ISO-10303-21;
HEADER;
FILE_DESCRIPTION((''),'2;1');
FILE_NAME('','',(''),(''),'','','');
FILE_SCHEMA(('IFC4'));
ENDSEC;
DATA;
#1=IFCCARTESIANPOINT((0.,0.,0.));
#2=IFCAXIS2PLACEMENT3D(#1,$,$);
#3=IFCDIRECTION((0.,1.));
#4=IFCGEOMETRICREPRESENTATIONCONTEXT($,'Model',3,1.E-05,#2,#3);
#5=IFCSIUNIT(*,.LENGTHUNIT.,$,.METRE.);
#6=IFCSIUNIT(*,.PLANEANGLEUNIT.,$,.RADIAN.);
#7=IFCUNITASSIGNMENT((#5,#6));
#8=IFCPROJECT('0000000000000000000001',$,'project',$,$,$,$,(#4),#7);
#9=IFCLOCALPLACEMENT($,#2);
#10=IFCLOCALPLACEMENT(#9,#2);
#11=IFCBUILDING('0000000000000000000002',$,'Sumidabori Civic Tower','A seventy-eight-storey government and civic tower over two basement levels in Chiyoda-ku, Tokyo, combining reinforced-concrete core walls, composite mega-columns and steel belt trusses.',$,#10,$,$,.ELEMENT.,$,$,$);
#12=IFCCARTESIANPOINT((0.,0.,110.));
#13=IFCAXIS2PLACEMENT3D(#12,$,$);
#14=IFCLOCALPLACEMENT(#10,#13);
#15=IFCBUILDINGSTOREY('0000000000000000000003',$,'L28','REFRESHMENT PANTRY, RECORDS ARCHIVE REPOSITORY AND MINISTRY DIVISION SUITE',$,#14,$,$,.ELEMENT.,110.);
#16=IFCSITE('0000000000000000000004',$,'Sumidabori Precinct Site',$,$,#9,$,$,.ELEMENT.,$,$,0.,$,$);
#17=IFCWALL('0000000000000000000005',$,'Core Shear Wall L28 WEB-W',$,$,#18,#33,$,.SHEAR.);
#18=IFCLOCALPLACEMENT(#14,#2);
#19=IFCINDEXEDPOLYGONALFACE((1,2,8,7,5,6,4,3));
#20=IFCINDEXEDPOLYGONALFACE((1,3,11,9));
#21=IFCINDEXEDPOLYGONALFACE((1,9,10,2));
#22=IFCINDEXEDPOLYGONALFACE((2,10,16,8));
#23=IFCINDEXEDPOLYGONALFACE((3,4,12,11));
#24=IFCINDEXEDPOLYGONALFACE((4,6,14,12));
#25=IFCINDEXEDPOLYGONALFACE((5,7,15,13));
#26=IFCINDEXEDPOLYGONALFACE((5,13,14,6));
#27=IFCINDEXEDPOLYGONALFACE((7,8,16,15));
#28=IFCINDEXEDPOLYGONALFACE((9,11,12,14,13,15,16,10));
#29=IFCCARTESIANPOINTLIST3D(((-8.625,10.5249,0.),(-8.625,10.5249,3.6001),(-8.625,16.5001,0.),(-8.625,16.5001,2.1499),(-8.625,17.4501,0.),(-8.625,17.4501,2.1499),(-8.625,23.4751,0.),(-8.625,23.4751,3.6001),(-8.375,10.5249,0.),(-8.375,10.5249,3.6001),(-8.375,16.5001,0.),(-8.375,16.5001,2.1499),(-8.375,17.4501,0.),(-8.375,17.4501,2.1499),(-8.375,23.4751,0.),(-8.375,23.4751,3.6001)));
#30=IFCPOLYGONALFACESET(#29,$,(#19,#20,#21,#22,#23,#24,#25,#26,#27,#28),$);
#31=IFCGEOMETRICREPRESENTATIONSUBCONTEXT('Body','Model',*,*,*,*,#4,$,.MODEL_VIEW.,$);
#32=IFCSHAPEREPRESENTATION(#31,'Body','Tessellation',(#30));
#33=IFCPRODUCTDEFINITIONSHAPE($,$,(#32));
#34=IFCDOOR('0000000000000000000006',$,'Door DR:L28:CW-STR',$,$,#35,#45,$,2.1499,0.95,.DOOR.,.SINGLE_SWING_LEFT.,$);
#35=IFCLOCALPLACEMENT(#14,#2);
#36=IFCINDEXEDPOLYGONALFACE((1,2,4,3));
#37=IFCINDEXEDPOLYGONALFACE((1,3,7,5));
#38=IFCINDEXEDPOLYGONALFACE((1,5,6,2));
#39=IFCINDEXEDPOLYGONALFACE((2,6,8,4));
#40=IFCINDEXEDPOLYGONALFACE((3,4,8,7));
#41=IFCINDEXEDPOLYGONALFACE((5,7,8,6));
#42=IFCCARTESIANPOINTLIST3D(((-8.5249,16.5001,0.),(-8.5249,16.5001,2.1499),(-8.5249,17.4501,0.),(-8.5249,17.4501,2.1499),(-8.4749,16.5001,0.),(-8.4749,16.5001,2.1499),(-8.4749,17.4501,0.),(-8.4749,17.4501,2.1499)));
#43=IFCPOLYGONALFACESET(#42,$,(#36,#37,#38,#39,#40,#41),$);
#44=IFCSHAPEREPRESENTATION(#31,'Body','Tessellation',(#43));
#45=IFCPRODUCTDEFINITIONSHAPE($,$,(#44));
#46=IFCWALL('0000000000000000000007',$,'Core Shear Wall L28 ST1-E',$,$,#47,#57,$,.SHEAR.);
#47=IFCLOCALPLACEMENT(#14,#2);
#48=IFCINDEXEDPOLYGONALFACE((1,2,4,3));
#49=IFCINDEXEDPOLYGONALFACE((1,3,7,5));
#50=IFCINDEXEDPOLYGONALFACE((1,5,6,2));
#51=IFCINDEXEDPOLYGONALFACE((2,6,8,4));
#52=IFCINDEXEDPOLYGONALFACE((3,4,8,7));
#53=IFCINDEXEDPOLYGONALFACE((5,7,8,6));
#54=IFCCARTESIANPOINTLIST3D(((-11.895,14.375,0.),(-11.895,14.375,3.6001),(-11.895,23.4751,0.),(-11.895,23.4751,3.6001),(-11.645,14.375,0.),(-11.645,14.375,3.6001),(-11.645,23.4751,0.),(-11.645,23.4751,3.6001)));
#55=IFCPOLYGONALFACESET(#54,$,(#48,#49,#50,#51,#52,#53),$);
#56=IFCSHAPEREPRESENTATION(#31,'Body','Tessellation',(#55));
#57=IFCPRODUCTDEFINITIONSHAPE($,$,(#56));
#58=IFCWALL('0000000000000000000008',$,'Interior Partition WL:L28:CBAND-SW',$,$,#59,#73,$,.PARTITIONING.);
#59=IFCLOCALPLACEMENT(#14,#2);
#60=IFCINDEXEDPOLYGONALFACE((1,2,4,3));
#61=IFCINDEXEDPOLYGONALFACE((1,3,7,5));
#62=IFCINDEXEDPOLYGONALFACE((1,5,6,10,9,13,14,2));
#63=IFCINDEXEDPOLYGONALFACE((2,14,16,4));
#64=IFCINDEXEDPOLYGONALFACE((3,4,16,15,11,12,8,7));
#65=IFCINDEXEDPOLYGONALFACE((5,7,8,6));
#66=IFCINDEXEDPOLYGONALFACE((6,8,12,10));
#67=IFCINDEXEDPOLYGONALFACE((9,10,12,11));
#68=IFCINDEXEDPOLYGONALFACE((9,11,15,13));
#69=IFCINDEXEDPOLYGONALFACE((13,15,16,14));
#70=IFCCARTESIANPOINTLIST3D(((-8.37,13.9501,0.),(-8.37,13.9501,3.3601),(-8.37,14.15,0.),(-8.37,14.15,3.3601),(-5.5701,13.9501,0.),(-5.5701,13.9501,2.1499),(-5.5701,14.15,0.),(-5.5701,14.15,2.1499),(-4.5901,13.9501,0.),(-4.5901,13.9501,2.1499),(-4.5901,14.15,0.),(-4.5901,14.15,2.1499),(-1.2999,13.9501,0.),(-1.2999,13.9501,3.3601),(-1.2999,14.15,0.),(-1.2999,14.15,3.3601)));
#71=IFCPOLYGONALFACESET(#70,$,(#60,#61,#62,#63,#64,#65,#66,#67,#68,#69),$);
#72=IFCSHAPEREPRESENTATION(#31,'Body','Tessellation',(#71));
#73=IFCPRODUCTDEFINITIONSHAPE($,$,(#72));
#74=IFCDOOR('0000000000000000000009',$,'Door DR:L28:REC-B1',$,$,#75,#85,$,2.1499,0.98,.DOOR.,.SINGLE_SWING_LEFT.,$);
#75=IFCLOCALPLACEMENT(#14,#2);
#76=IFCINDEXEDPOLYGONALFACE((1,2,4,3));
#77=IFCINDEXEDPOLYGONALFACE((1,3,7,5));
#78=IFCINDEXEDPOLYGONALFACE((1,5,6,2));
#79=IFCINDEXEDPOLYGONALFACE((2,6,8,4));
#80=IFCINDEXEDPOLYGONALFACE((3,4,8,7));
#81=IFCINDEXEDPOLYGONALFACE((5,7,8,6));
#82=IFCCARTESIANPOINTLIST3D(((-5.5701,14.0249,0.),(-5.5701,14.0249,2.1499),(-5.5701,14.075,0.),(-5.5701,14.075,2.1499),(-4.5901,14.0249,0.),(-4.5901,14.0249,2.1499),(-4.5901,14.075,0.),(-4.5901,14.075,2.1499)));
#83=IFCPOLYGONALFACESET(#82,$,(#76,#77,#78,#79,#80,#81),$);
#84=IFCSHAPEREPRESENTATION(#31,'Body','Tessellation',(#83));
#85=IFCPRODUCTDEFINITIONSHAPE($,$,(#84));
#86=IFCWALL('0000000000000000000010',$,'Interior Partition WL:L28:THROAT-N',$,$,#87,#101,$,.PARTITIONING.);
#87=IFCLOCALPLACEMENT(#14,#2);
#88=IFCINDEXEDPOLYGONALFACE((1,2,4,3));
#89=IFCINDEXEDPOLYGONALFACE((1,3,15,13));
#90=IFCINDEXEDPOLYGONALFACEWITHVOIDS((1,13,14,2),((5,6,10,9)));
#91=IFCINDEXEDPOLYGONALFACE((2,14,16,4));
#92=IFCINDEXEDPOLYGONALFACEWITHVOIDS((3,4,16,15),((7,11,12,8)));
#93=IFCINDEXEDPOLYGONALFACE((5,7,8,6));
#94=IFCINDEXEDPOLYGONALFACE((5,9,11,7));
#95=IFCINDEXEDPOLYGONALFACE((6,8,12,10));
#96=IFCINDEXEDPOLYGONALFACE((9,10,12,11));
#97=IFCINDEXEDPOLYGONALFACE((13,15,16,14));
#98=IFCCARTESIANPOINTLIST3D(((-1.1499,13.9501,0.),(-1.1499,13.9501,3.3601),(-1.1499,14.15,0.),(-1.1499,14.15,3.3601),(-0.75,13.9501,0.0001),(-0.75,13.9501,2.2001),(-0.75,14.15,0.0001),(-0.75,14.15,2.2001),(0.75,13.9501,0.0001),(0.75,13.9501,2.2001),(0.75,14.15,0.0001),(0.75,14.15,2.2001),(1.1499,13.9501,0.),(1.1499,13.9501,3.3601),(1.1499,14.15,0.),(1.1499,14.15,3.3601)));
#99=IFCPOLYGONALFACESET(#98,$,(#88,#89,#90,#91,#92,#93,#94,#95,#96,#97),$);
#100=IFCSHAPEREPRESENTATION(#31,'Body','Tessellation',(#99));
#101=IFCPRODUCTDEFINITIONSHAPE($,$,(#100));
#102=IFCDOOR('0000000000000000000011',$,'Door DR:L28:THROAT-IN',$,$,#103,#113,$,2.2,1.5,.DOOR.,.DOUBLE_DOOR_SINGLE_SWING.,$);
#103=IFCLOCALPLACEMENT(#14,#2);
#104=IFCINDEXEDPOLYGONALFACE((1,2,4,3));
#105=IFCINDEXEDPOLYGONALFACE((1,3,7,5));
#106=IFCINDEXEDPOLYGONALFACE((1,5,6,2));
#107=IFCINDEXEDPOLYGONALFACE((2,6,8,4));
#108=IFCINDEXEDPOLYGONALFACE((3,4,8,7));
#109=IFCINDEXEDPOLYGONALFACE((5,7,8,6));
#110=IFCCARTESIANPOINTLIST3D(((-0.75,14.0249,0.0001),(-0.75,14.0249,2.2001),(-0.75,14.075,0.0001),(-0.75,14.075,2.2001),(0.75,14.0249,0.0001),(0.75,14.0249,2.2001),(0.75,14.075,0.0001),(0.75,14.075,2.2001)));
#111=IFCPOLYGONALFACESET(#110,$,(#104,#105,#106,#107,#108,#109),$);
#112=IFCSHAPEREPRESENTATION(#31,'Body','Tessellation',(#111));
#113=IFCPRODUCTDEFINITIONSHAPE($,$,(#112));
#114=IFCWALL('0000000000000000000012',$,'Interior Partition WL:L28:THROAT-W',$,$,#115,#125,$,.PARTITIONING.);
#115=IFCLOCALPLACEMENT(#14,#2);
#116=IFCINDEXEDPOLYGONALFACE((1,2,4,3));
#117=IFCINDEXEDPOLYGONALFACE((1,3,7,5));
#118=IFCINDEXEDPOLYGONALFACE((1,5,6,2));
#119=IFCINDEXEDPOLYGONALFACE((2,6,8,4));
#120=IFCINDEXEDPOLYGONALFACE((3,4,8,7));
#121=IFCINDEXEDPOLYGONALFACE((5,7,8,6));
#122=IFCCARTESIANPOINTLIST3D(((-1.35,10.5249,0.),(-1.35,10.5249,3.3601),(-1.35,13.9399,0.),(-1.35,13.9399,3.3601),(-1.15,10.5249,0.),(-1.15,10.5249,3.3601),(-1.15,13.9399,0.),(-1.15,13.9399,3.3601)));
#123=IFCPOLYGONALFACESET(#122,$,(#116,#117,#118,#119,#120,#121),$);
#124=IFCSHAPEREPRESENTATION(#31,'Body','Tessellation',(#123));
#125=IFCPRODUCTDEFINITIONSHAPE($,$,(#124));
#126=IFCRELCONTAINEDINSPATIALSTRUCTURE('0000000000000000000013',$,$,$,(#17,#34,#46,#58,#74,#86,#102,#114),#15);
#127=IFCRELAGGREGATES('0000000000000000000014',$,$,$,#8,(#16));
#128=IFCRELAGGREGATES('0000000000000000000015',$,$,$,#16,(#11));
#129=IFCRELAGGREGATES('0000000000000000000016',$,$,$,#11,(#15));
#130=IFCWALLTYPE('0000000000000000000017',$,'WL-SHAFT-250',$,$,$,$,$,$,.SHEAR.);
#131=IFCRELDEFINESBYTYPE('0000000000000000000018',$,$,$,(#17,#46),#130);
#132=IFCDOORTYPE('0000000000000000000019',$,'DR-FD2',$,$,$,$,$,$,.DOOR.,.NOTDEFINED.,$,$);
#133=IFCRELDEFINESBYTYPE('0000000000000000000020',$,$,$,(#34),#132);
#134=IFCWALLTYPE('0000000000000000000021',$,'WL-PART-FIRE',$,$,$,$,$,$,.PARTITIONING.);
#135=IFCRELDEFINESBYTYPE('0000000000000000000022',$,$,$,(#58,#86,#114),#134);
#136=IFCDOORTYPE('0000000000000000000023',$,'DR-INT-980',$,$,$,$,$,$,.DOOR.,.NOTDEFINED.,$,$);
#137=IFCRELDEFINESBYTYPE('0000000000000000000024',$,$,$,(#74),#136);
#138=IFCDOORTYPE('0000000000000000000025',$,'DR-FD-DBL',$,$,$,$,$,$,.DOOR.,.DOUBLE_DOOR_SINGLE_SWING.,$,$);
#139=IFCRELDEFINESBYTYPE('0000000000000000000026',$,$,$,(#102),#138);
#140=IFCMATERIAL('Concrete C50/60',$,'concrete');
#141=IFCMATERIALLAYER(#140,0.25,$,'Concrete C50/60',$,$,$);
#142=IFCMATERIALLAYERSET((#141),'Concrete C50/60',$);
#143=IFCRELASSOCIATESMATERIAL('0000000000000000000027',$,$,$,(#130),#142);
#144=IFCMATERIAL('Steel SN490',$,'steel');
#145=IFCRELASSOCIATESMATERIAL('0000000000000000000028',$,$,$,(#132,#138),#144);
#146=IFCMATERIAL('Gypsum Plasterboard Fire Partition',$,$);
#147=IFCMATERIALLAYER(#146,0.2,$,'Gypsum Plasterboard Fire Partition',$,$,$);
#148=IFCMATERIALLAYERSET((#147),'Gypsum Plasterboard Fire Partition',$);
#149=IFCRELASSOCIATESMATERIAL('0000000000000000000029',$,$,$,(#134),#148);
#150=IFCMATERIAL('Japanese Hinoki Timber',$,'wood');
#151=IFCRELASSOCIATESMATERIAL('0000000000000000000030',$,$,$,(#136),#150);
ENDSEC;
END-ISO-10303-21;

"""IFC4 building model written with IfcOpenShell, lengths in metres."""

from ifc_helpers import new_model, si_unit, direction, frame, frame_2d, origin, place, context, subcontext, project, spatial, rectangle, extrude, source, transform, mapped, material, layer, layer_set, type_object, element, fill, save


model = new_model("IFC4")

# Units and contexts
model_context = context("Model", 3, precision=1e-05, world=origin(), true_north=direction((0.0, 1.0)))
body_context = subcontext(model_context, "Body", "Model", "MODEL_VIEW")
ifc_project = project(units=[si_unit("LENGTHUNIT", "METRE"), si_unit("PLANEANGLEUNIT", "RADIAN")], contexts=[model_context])

# Site, building, storey
site_placement = place(None, origin())
site = spatial("IfcSite", under=ifc_project, at=site_placement, Name="Sumidabori Precinct Site", CompositionType="ELEMENT", RefElevation=0.0)
building_placement = place(site_placement, origin())
building = spatial("IfcBuilding", under=site, at=building_placement, Name="Sumidabori Civic Tower", Description="A seventy-eight-storey government and civic tower over two basement levels in Chiyoda-ku, Tokyo, combining reinforced-concrete core walls, composite mega-columns and steel belt trusses.", CompositionType="ELEMENT")
storey_placement = place(building_placement, frame((0.0, 0.0, 110.0)))
storey = spatial("IfcBuildingStorey", under=building, at=storey_placement, Name="L28", Description="REFRESHMENT PANTRY, RECORDS ARCHIVE REPOSITORY AND MINISTRY DIVISION SUITE", CompositionType="ELEMENT", Elevation=110.0)

# Shared definitions
ifc_material_1 = material(Name="Concrete C50/60", Category="concrete")

# Shared definitions
ifc_material_2 = material(Name="Steel SN490", Category="steel")

# Wall, opening, door
ifc_layer_1 = layer(ifc_material_1, 0.25, Name="Concrete C50/60")
ifc_layer_set_1 = layer_set([ifc_layer_1], Name="Concrete C50/60")
wall_type_1 = type_object("IfcWallType", Name="WL-SHAFT-250", PredefinedType="SHEAR", material=ifc_layer_set_1)
shared_shape_1 = source(origin(), body_context, "Body", "SweptSolid", [
    extrude(rectangle(XDim=12.9502, YDim=0.25, at=frame_2d((6.4751, 0.0))), origin(), (0.0, 0.0, 1.0), 3.6001),
])
wall_1_placement = place(storey_placement, frame((-8.5, 10.5249, 0.0), z_axis=(0.0, 0.0, 1.0), x_axis=(0.0, 1.0, 0.0)))
wall_1 = element("IfcWall", 1, at=wall_1_placement, inside=storey, type_object=wall_type_1, Name="Core Shear Wall L28 WEB-W", PredefinedType="SHEAR", context=body_context, shape_type="MappedRepresentation", body=[
    mapped(shared_shape_1, transform((0.0, 0.0, 0.0), x_axis=(1.0, 0.0, 0.0), y_axis=(0.0, 1.0, 0.0), z_axis=(0.0, 0.0, 1.0), scale=1.0)),
])
opening_1_placement = place(wall_1_placement, frame((5.9751, 0.0, 0.0)))
opening_1 = element("IfcOpeningElement", 2, at=opening_1_placement, cuts=wall_1, PredefinedType="OPENING", context=body_context, shape_type="SweptSolid", body=[
    extrude(rectangle(XDim=0.95, YDim=2.1499, at=frame_2d((0.4751, 1.075))), frame((0.0, 0.137, 0.0), z_axis=(0.0, -1.0, 0.0), x_axis=(1.0, 0.0, 0.0)), (0.0, 0.0, 1.0), 0.2739),
])
door_type_1 = type_object("IfcDoorType", Name="DR-FD2", OperationType="NOTDEFINED", PredefinedType="DOOR", material=ifc_material_2)
shared_shape_2 = source(origin(), body_context, "Body", "SweptSolid", [
    extrude(rectangle(XDim=0.95, YDim=2.1499, at=frame_2d((0.4751, 1.075))), frame((0.0, 0.0249, 0.0), z_axis=(0.0, -1.0, 0.0), x_axis=(1.0, 0.0, 0.0)), (0.0, 0.0, 1.0), 0.05),
])
door_1_placement = place(opening_1_placement, origin())
door_1 = element("IfcDoor", 3, at=door_1_placement, inside=storey, type_object=door_type_1, Name="Door DR:L28:CW-STR", OperationType="SINGLE_SWING_LEFT", OverallHeight=2.1499, OverallWidth=0.95, PredefinedType="DOOR", context=body_context, shape_type="MappedRepresentation", body=[
    mapped(shared_shape_2, transform((0.0, 0.0, 0.0), x_axis=(1.0, 0.0, 0.0), y_axis=(0.0, 1.0, 0.0), z_axis=(0.0, 0.0, 1.0), scale=1.0)),
])
fill(opening_1, door_1)

# Wall
shared_shape_3 = source(origin(), body_context, "Body", "SweptSolid", [
    extrude(rectangle(XDim=9.1001, YDim=0.25, at=frame_2d((4.55, 0.0))), origin(), (0.0, 0.0, 1.0), 3.6001),
])
wall_2_placement = place(storey_placement, frame((-11.77, 14.375, 0.0), z_axis=(0.0, 0.0, 1.0), x_axis=(0.0, 1.0, 0.0)))
element("IfcWall", 4, at=wall_2_placement, inside=storey, type_object=wall_type_1, Name="Core Shear Wall L28 ST1-E", PredefinedType="SHEAR", context=body_context, shape_type="MappedRepresentation", body=[
    mapped(shared_shape_3, transform((0.0, 0.0, 0.0), x_axis=(1.0, 0.0, 0.0), y_axis=(0.0, 1.0, 0.0), z_axis=(0.0, 0.0, 1.0), scale=1.0)),
])

# Walls, openings, doors
ifc_material_3 = material(Name="Gypsum Plasterboard Fire Partition")
ifc_layer_2 = layer(ifc_material_3, 0.2, Name="Gypsum Plasterboard Fire Partition")
ifc_layer_set_2 = layer_set([ifc_layer_2], Name="Gypsum Plasterboard Fire Partition")
wall_type_2 = type_object("IfcWallType", Name="WL-PART-FIRE", PredefinedType="PARTITIONING", material=ifc_layer_set_2)
shared_shape_4 = source(origin(), body_context, "Body", "SweptSolid", [
    extrude(rectangle(XDim=7.0701, YDim=0.2, at=frame_2d((3.5352, 0.0))), origin(), (0.0, 0.0, 1.0), 3.3601),
])
wall_3_placement = place(storey_placement, frame((-8.3701, 14.05, 0.0), z_axis=(0.0, 0.0, 1.0), x_axis=(1.0, 0.0, 0.0)))
wall_3 = element("IfcWall", 5, at=wall_3_placement, inside=storey, type_object=wall_type_2, Name="Interior Partition WL:L28:CBAND-SW", PredefinedType="PARTITIONING", context=body_context, shape_type="MappedRepresentation", body=[
    mapped(shared_shape_4, transform((0.0, 0.0, 0.0), x_axis=(1.0, 0.0, 0.0), y_axis=(0.0, 1.0, 0.0), z_axis=(0.0, 0.0, 1.0), scale=1.0)),
])
opening_2_placement = place(wall_3_placement, frame((2.8, 0.0, 0.0)))
opening_2 = element("IfcOpeningElement", 6, at=opening_2_placement, cuts=wall_3, PredefinedType="OPENING", context=body_context, shape_type="SweptSolid", body=[
    extrude(rectangle(XDim=0.98, YDim=2.1499, at=frame_2d((0.49, 1.075))), frame((0.0, 0.1118, 0.0), z_axis=(0.0, -1.0, 0.0), x_axis=(1.0, 0.0, 0.0)), (0.0, 0.0, 1.0), 0.2239),
])
ifc_material_4 = material(Name="Japanese Hinoki Timber", Category="wood")
door_type_2 = type_object("IfcDoorType", Name="DR-INT-980", OperationType="NOTDEFINED", PredefinedType="DOOR", material=ifc_material_4)
shared_shape_5 = source(origin(), body_context, "Body", "SweptSolid", [
    extrude(rectangle(XDim=0.98, YDim=2.1499, at=frame_2d((0.49, 1.075))), frame((0.0, 0.0249, 0.0), z_axis=(0.0, -1.0, 0.0), x_axis=(1.0, 0.0, 0.0)), (0.0, 0.0, 1.0), 0.05),
])
door_2_placement = place(opening_2_placement, origin())
door_2 = element("IfcDoor", 7, at=door_2_placement, inside=storey, type_object=door_type_2, Name="Door DR:L28:REC-B1", OperationType="SINGLE_SWING_LEFT", OverallHeight=2.1499, OverallWidth=0.98, PredefinedType="DOOR", context=body_context, shape_type="MappedRepresentation", body=[
    mapped(shared_shape_5, transform((0.0, 0.0, 0.0), x_axis=(1.0, 0.0, 0.0), y_axis=(0.0, 1.0, 0.0), z_axis=(0.0, 0.0, 1.0), scale=1.0)),
])
fill(opening_2, door_2)
shared_shape_6 = source(origin(), body_context, "Body", "SweptSolid", [
    extrude(rectangle(XDim=2.2998, YDim=0.2, at=frame_2d((1.1499, 0.0))), origin(), (0.0, 0.0, 1.0), 3.3601),
])
wall_4_placement = place(storey_placement, frame((-1.1499, 14.05, 0.0), z_axis=(0.0, 0.0, 1.0), x_axis=(1.0, 0.0, 0.0)))
wall_4 = element("IfcWall", 8, at=wall_4_placement, inside=storey, type_object=wall_type_2, Name="Interior Partition WL:L28:THROAT-N", PredefinedType="PARTITIONING", context=body_context, shape_type="MappedRepresentation", body=[
    mapped(shared_shape_6, transform((0.0, 0.0, 0.0), x_axis=(1.0, 0.0, 0.0), y_axis=(0.0, 1.0, 0.0), z_axis=(0.0, 0.0, 1.0), scale=1.0)),
])
opening_3_placement = place(wall_4_placement, frame((0.3999, 0.0, 0.0)))
opening_3 = element("IfcOpeningElement", 9, at=opening_3_placement, cuts=wall_4, PredefinedType="OPENING", context=body_context, shape_type="SweptSolid", body=[
    extrude(rectangle(XDim=1.5, YDim=2.2, at=frame_2d((0.75, 1.1001))), frame((0.0, 0.1118, 0.0), z_axis=(0.0, -1.0, 0.0), x_axis=(1.0, 0.0, 0.0)), (0.0, 0.0, 1.0), 0.2239),
])
door_type_3 = type_object("IfcDoorType", Name="DR-FD-DBL", OperationType="DOUBLE_DOOR_SINGLE_SWING", PredefinedType="DOOR", material=ifc_material_2)
shared_shape_7 = source(origin(), body_context, "Body", "SweptSolid", [
    extrude(rectangle(XDim=1.5, YDim=2.2, at=frame_2d((0.75, 1.1001))), frame((0.0, 0.0249, 0.0), z_axis=(0.0, -1.0, 0.0), x_axis=(1.0, 0.0, 0.0)), (0.0, 0.0, 1.0), 0.05),
])
door_3_placement = place(opening_3_placement, origin())
door_3 = element("IfcDoor", 10, at=door_3_placement, inside=storey, type_object=door_type_3, Name="Door DR:L28:THROAT-IN", OperationType="DOUBLE_DOOR_SINGLE_SWING", OverallHeight=2.2, OverallWidth=1.5, PredefinedType="DOOR", context=body_context, shape_type="MappedRepresentation", body=[
    mapped(shared_shape_7, transform((0.0, 0.0, 0.0), x_axis=(1.0, 0.0, 0.0), y_axis=(0.0, 1.0, 0.0), z_axis=(0.0, 0.0, 1.0), scale=1.0)),
])
fill(opening_3, door_3)

# Wall
shared_shape_8 = source(origin(), body_context, "Body", "SweptSolid", [
    extrude(rectangle(XDim=3.415, YDim=0.2, at=frame_2d((1.7075, 0.0))), origin(), (0.0, 0.0, 1.0), 3.3601),
])
wall_5_placement = place(storey_placement, frame((-1.25, 10.5249, 0.0), z_axis=(0.0, 0.0, 1.0), x_axis=(0.0, 1.0, 0.0)))
element("IfcWall", 11, at=wall_5_placement, inside=storey, type_object=wall_type_2, Name="Interior Partition WL:L28:THROAT-W", PredefinedType="PARTITIONING", context=body_context, shape_type="MappedRepresentation", body=[
    mapped(shared_shape_8, transform((0.0, 0.0, 0.0), x_axis=(1.0, 0.0, 0.0), y_axis=(0.0, 1.0, 0.0), z_axis=(0.0, 0.0, 1.0), scale=1.0)),
])

save(model, "model.ifc")
